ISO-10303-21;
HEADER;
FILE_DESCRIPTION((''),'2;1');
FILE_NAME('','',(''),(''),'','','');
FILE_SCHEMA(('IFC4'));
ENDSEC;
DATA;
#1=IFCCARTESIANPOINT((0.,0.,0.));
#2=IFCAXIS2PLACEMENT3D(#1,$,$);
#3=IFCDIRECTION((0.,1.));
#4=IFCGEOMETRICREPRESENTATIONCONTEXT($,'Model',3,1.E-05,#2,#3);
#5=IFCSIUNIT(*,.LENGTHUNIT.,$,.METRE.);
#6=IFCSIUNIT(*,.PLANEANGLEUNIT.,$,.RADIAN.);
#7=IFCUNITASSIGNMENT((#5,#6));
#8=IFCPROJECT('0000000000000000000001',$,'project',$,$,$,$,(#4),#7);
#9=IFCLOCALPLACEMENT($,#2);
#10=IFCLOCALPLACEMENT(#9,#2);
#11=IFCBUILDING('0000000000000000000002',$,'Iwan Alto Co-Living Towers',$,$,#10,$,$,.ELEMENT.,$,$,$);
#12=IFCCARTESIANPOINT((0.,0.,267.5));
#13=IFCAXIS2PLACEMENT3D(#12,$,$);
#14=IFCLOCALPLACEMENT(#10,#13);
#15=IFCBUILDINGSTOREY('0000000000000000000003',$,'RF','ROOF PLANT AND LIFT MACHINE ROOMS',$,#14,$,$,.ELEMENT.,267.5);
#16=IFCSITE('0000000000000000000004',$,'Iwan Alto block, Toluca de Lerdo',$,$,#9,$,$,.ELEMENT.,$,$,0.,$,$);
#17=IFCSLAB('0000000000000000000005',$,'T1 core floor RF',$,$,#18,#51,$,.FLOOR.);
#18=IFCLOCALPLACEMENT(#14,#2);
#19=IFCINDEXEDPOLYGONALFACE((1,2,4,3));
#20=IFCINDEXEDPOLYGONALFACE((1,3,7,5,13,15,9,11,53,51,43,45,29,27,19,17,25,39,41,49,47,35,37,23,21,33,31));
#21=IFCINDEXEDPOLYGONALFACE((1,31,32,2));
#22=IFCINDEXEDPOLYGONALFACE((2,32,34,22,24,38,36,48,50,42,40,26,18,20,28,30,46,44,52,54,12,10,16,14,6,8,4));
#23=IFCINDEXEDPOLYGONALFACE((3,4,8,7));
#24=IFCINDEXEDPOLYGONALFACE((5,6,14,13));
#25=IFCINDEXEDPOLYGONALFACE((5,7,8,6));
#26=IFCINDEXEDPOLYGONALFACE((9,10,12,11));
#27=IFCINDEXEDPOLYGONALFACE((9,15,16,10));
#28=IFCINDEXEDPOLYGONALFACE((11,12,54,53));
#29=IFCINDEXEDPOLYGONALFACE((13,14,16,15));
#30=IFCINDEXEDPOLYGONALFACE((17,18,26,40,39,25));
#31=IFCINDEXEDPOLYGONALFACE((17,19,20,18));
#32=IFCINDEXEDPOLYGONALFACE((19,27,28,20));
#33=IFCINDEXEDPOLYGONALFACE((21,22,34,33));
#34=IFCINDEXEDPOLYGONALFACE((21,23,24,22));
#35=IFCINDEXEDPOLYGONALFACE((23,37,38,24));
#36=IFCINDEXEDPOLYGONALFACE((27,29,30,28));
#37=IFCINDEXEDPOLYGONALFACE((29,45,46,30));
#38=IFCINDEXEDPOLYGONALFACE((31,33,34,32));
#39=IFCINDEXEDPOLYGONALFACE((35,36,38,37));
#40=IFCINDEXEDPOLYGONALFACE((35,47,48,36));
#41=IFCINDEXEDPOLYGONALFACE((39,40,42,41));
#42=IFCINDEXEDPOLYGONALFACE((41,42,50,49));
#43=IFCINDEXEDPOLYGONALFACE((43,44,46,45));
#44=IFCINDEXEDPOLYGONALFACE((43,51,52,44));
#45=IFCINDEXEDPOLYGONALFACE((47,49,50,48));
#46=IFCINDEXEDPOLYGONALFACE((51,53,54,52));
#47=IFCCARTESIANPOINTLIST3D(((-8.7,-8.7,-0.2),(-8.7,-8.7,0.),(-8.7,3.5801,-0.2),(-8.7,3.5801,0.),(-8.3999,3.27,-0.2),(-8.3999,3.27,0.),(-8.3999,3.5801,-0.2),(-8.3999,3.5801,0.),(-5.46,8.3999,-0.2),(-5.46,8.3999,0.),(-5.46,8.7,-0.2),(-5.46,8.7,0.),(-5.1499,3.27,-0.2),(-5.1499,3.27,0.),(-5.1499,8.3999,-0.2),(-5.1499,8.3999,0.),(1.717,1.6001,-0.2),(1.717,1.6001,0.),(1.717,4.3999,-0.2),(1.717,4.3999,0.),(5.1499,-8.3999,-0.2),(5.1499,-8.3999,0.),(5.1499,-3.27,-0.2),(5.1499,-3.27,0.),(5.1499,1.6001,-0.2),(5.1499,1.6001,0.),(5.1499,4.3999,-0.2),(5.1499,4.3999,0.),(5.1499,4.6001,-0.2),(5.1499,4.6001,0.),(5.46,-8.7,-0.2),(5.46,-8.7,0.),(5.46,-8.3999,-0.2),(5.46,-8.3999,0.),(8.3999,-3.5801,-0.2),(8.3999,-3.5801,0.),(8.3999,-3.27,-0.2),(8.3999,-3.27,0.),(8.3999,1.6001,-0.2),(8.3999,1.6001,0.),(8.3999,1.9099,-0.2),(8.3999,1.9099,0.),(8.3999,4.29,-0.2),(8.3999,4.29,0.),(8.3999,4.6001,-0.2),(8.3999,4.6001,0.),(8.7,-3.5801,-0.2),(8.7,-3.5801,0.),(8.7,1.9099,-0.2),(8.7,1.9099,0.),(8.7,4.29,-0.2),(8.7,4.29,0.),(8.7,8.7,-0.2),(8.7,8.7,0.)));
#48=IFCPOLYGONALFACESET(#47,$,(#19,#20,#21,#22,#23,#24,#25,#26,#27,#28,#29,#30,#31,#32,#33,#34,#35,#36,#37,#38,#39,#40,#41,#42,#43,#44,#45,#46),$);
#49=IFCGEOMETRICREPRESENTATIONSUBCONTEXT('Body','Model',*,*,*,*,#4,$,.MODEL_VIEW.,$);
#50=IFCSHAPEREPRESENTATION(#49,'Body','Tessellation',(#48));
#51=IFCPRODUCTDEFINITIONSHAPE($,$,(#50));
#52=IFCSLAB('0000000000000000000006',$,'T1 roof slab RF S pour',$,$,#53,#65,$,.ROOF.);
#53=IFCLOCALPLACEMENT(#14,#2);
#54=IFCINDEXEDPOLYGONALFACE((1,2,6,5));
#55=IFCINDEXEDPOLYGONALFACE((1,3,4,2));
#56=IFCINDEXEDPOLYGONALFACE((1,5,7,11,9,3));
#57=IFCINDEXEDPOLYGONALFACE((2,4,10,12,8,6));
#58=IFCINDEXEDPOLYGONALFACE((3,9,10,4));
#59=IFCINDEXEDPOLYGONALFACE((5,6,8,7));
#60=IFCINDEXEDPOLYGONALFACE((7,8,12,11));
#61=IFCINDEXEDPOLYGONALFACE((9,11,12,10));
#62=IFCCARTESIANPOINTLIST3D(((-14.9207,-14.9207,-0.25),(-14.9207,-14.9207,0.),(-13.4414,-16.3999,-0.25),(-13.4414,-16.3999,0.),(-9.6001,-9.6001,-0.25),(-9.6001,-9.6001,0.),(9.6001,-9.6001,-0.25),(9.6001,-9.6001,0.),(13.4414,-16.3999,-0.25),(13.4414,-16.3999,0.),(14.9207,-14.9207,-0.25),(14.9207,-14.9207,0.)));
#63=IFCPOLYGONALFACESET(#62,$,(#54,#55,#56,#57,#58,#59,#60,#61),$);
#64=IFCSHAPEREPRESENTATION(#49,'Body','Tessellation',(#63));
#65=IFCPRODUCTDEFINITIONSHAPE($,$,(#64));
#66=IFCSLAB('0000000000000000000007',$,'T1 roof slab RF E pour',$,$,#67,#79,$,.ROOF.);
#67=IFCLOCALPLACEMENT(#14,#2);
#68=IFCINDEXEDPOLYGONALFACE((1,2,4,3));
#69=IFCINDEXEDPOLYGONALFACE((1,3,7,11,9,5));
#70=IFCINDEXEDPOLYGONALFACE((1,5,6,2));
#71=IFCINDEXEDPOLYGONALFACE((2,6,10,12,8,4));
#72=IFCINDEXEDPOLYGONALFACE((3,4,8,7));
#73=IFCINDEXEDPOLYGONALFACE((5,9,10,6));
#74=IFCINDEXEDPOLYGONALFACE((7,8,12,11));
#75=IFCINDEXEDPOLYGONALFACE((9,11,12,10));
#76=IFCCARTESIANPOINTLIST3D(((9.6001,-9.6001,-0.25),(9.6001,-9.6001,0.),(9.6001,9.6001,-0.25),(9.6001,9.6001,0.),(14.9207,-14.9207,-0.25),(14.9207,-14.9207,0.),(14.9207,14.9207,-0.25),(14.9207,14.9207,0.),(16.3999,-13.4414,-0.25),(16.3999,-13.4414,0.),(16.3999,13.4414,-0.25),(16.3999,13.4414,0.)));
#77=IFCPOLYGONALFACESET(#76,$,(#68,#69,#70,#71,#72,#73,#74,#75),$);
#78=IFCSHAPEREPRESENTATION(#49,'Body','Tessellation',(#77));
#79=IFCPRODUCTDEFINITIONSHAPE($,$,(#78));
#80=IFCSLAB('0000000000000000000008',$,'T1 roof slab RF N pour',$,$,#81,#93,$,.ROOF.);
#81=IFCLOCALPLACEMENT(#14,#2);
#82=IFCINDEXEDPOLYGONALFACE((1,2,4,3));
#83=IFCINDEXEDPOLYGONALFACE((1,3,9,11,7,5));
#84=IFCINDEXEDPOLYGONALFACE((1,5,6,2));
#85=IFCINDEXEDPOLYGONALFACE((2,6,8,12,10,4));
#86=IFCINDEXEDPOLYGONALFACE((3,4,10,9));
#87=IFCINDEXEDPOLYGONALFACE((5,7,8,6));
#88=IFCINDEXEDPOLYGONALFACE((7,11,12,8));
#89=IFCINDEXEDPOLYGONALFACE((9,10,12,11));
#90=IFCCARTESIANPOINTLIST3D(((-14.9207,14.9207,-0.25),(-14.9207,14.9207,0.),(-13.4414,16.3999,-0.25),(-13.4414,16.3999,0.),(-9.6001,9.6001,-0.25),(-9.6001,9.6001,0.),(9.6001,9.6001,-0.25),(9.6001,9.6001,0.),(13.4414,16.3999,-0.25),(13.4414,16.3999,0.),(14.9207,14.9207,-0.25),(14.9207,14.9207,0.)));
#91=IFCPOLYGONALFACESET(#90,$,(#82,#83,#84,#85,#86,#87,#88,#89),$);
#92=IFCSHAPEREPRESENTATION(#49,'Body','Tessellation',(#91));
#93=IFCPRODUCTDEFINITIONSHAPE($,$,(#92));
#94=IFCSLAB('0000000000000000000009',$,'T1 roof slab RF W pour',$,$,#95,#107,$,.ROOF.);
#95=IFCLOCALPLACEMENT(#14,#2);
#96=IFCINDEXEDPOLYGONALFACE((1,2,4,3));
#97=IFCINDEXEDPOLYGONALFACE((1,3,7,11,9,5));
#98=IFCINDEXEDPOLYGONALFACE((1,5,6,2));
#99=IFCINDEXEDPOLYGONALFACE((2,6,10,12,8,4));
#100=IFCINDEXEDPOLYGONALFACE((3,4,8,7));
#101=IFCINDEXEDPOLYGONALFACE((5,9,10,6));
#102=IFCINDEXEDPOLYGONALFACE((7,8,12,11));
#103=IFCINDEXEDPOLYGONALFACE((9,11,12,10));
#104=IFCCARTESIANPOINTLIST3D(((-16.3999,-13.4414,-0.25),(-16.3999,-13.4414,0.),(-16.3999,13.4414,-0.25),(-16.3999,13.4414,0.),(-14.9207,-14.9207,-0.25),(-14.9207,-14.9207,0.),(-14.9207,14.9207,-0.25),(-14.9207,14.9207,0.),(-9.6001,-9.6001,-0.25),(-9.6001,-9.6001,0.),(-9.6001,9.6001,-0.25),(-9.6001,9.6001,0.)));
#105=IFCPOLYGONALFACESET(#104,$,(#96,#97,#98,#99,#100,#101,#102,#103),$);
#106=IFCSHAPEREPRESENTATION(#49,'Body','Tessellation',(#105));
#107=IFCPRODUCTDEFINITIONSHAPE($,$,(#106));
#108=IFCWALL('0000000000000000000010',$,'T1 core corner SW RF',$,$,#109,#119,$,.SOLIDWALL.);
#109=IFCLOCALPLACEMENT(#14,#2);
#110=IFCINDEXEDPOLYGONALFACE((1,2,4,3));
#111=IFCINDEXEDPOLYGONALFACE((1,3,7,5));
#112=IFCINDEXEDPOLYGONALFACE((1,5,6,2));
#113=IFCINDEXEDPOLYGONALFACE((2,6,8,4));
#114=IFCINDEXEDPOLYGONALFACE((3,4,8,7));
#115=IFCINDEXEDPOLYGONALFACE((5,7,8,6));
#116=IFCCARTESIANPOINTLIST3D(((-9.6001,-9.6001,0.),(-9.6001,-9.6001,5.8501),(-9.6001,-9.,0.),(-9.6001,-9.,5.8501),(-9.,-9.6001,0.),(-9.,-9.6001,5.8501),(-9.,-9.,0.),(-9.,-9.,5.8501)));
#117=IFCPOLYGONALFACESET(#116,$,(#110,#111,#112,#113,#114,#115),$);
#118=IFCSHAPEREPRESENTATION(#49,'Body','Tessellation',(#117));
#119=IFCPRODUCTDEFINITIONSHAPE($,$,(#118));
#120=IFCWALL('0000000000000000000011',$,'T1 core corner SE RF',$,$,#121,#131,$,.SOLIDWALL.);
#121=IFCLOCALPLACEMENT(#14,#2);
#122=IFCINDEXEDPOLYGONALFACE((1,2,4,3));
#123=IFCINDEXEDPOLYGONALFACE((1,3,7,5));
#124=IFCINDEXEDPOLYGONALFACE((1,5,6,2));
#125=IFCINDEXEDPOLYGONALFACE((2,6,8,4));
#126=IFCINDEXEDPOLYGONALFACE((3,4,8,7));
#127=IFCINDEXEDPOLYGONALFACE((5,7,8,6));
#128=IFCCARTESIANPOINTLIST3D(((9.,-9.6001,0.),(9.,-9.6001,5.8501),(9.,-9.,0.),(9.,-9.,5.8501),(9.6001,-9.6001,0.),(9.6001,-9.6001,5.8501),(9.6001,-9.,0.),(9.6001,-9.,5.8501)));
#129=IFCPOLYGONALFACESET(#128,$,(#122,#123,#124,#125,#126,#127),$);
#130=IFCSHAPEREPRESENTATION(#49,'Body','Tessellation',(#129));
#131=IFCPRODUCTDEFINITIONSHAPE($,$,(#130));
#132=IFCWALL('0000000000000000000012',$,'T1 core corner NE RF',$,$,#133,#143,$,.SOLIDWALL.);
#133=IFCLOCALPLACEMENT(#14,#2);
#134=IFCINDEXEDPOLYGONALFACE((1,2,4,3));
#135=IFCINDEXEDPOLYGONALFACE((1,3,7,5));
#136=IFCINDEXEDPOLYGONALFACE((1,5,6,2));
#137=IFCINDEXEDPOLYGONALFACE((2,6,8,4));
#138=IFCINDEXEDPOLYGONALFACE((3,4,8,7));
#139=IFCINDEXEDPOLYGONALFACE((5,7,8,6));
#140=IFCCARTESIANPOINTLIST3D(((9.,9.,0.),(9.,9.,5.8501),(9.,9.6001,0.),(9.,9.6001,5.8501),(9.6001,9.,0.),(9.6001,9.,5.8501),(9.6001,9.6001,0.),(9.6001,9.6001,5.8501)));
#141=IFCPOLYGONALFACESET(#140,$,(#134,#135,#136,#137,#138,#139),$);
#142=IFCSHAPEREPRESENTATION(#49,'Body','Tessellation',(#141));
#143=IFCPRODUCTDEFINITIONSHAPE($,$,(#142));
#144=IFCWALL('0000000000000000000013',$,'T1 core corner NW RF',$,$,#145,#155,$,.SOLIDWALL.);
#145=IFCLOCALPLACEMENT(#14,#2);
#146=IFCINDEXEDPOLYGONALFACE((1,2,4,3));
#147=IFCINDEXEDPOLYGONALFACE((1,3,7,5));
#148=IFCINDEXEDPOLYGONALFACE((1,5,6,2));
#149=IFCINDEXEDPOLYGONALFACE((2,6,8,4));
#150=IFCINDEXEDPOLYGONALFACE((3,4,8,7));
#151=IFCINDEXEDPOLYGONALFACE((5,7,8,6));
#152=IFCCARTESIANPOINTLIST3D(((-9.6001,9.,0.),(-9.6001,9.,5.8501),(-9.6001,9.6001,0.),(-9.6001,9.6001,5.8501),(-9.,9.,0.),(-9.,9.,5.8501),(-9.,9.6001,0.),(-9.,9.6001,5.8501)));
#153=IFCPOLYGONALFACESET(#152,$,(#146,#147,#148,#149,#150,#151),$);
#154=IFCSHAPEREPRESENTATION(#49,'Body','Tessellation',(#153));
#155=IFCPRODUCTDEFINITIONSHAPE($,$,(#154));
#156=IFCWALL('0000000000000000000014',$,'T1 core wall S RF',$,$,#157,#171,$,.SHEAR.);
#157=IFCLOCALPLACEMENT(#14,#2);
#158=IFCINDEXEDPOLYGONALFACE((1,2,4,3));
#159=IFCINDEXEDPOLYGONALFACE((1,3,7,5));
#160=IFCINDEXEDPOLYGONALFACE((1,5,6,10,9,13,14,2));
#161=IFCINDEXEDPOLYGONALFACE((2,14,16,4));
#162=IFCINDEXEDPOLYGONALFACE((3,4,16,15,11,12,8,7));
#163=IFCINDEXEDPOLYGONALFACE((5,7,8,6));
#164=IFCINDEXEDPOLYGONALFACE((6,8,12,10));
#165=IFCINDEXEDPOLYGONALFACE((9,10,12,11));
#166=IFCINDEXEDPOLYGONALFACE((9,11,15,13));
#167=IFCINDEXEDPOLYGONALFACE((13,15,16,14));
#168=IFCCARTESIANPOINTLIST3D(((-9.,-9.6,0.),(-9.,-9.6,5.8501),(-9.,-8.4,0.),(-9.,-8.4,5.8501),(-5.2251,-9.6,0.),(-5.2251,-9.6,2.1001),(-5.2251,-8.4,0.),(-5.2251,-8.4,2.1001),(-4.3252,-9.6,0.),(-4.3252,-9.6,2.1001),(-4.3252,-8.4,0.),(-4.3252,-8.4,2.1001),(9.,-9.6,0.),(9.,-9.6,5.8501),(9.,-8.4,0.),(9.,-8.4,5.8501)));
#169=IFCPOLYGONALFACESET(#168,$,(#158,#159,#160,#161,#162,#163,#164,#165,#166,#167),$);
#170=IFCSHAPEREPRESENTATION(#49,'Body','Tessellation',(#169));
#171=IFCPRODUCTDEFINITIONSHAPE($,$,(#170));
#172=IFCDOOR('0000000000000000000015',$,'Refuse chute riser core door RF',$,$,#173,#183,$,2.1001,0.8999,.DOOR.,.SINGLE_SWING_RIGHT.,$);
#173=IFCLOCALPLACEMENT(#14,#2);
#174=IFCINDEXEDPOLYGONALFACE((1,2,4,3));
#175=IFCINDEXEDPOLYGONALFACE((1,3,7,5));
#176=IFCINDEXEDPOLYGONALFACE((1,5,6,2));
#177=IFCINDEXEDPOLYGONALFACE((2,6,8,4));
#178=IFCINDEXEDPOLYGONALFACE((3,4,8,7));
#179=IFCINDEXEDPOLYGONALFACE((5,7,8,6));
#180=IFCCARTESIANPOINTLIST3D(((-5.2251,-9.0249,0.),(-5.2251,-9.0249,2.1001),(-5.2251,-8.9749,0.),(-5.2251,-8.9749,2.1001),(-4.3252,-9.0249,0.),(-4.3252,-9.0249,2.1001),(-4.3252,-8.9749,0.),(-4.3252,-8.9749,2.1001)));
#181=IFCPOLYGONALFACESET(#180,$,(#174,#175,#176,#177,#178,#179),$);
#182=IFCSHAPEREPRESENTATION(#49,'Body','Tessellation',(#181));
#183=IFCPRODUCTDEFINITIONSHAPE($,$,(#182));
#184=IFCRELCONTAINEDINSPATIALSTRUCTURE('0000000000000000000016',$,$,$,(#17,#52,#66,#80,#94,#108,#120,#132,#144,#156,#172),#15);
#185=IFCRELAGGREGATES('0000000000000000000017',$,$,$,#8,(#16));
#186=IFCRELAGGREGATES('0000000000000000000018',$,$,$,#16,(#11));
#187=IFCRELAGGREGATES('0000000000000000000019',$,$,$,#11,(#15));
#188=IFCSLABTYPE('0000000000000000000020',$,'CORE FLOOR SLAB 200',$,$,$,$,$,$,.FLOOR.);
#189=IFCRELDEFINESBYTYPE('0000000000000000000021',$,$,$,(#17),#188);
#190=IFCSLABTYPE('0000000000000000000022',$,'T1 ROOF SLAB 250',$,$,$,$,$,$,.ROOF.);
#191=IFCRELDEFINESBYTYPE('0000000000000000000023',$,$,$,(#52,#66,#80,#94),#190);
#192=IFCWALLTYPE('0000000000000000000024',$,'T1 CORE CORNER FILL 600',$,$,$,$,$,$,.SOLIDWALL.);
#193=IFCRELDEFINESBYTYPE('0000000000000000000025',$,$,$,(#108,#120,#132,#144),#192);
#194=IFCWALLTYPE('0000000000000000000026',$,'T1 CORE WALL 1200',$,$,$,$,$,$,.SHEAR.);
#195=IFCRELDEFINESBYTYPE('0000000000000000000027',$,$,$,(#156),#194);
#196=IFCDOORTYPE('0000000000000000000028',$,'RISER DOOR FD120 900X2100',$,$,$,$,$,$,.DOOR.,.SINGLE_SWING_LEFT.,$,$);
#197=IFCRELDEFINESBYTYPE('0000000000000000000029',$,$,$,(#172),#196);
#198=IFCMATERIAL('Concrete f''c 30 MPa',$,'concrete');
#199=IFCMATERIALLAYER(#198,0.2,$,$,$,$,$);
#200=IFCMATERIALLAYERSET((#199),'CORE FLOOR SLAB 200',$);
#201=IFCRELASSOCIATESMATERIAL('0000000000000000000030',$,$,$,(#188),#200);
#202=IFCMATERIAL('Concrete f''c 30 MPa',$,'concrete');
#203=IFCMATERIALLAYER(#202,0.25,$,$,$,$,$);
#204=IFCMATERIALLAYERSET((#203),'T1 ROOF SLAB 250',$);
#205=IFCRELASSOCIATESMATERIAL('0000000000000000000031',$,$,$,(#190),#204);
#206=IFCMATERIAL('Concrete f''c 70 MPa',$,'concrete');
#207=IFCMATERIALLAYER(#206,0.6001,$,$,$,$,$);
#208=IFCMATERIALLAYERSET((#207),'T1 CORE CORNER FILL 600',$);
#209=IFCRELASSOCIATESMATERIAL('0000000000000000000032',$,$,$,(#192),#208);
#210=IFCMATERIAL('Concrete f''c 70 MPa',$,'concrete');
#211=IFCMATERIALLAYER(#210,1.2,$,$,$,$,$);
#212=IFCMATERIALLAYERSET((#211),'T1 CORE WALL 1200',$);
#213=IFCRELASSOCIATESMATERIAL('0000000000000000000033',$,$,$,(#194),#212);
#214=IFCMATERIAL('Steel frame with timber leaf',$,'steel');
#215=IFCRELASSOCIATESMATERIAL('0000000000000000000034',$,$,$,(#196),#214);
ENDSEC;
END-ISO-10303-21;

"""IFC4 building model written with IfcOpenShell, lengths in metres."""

from ifc_helpers import new_model, si_unit, direction, frame, frame_2d, origin, place, context, subcontext, project, spatial, polyline, rectangle, outline, extrude, material, layer, layer_set, type_object, element, fill, save


model = new_model("IFC4")

# Units and contexts
model_context = context("Model", 3, precision=1e-05, world=origin(), true_north=direction((0.0, 1.0)))
body_context = subcontext(model_context, "Body", "Model", "MODEL_VIEW")
ifc_project = project(units=[si_unit("LENGTHUNIT", "METRE"), si_unit("PLANEANGLEUNIT", "RADIAN")], contexts=[model_context])

# Site, building, storey
site_placement = place(None, origin())
site = spatial("IfcSite", under=ifc_project, at=site_placement, Name="Iwan Alto block, Toluca de Lerdo", CompositionType="ELEMENT", RefElevation=0.0)
building_placement = place(site_placement, origin())
building = spatial("IfcBuilding", under=site, at=building_placement, Name="Iwan Alto Co-Living Towers", CompositionType="ELEMENT")
storey_placement = place(building_placement, frame((0.0, 0.0, 267.5)))
storey = spatial("IfcBuildingStorey", under=building, at=storey_placement, Name="RF", Description="ROOF PLANT AND LIFT MACHINE ROOMS", CompositionType="ELEMENT", Elevation=267.5)

# Slabs
ifc_material_1 = material(Name="Concrete f'c 30 MPa", Category="concrete")
ifc_layer_1 = layer(ifc_material_1, 0.2)
ifc_layer_set_1 = layer_set([ifc_layer_1], Name="CORE FLOOR SLAB 200")
slab_type_1 = type_object("IfcSlabType", Name="CORE FLOOR SLAB 200", PredefinedType="FLOOR", material=ifc_layer_set_1)
slab_1_placement = place(storey_placement, frame((0.0, 0.0, -0.2)))
element("IfcSlab", 1, at=slab_1_placement, inside=storey, type_object=slab_type_1, Name="T1 core floor RF", PredefinedType="FLOOR", context=body_context, shape_type="SweptSolid", body=[
    extrude(outline(polyline([(-8.7, 3.5801), (-8.3999, 3.5801), (-8.3999, 3.27), (-5.1499, 3.27), (-5.1499, 8.3999), (-5.46, 8.3999), (-5.46, 8.7), (8.7, 8.7), (8.7, 4.29), (8.3999, 4.29), (8.3999, 4.6001), (5.1499, 4.6001), (5.1499, 4.3999), (1.717, 4.3999), (1.717, 1.6001), (5.1499, 1.6001), (8.3999, 1.6001), (8.3999, 1.9099), (8.7, 1.9099), (8.7, -3.5801), (8.3999, -3.5801), (8.3999, -3.27), (5.1499, -3.27), (5.1499, -8.3999), (5.46, -8.3999), (5.46, -8.7), (-8.7, -8.7), (-8.7, 3.5801)])), origin(), (0.0, 0.0, 1.0), 0.2),
])
ifc_material_2 = material(Name="Concrete f'c 30 MPa", Category="concrete")
ifc_layer_2 = layer(ifc_material_2, 0.25)
ifc_layer_set_2 = layer_set([ifc_layer_2], Name="T1 ROOF SLAB 250")
slab_type_2 = type_object("IfcSlabType", Name="T1 ROOF SLAB 250", PredefinedType="ROOF", material=ifc_layer_set_2)
slab_2_placement = place(storey_placement, frame((0.0, 0.0, -0.25)))
element("IfcSlab", 2, at=slab_2_placement, inside=storey, type_object=slab_type_2, Name="T1 roof slab RF S pour", PredefinedType="ROOF", context=body_context, shape_type="SweptSolid", body=[
    extrude(outline(polyline([(13.4414, -16.3999), (-13.4414, -16.3999), (-14.9207, -14.9207), (-9.6001, -9.6001), (9.6001, -9.6001), (14.9207, -14.9207), (13.4414, -16.3999)])), origin(), (0.0, 0.0, 1.0), 0.25),
])
slab_3_placement = place(storey_placement, frame((0.0, 0.0, -0.25)))
element("IfcSlab", 3, at=slab_3_placement, inside=storey, type_object=slab_type_2, Name="T1 roof slab RF E pour", PredefinedType="ROOF", context=body_context, shape_type="SweptSolid", body=[
    extrude(outline(polyline([(16.3999, 13.4414), (16.3999, -13.4414), (14.9207, -14.9207), (9.6001, -9.6001), (9.6001, 9.6001), (14.9207, 14.9207), (16.3999, 13.4414)])), origin(), (0.0, 0.0, 1.0), 0.25),
])
slab_4_placement = place(storey_placement, frame((0.0, 0.0, -0.25)))
element("IfcSlab", 4, at=slab_4_placement, inside=storey, type_object=slab_type_2, Name="T1 roof slab RF N pour", PredefinedType="ROOF", context=body_context, shape_type="SweptSolid", body=[
    extrude(outline(polyline([(-13.4414, 16.3999), (13.4414, 16.3999), (14.9207, 14.9207), (9.6001, 9.6001), (-9.6001, 9.6001), (-14.9207, 14.9207), (-13.4414, 16.3999)])), origin(), (0.0, 0.0, 1.0), 0.25),
])
slab_5_placement = place(storey_placement, frame((0.0, 0.0, -0.25)))
element("IfcSlab", 5, at=slab_5_placement, inside=storey, type_object=slab_type_2, Name="T1 roof slab RF W pour", PredefinedType="ROOF", context=body_context, shape_type="SweptSolid", body=[
    extrude(outline(polyline([(-16.3999, 13.4414), (-14.9207, 14.9207), (-9.6001, 9.6001), (-9.6001, -9.6001), (-14.9207, -14.9207), (-16.3999, -13.4414), (-16.3999, 13.4414)])), origin(), (0.0, 0.0, 1.0), 0.25),
])

# Walls
ifc_material_3 = material(Name="Concrete f'c 70 MPa", Category="concrete")
ifc_layer_3 = layer(ifc_material_3, 0.6001)
ifc_layer_set_3 = layer_set([ifc_layer_3], Name="T1 CORE CORNER FILL 600")
wall_type_1 = type_object("IfcWallType", Name="T1 CORE CORNER FILL 600", PredefinedType="SOLIDWALL", material=ifc_layer_set_3)
for number, where, z_axis, x_axis, name in (
    (6, (-9.6001, -9.3, 0.0), (0.0, 0.0, 1.0), (1.0, 0.0, 0.0), "T1 core corner SW RF"),
    (7, (9.0, -9.3, 0.0), (0.0, 0.0, 1.0), (1.0, 0.0, 0.0), "T1 core corner SE RF"),
    (8, (9.0, 9.3, 0.0), (0.0, 0.0, 1.0), (1.0, 0.0, 0.0), "T1 core corner NE RF"),
    (9, (-9.6001, 9.3, 0.0), (0.0, 0.0, 1.0), (1.0, 0.0, 0.0), "T1 core corner NW RF"),
):
    element("IfcWall", number, at=place(storey_placement, frame(where, z_axis=z_axis, x_axis=x_axis)), inside=storey, type_object=wall_type_1, Name=name, PredefinedType="SOLIDWALL", context=body_context, shape_type="SweptSolid", body=[
        extrude(rectangle(XDim=0.6001, YDim=0.6001, at=frame_2d((0.3, 0.0))), origin(), (0.0, 0.0, 1.0), 5.8501),
    ])

# Wall, opening, door
ifc_material_4 = material(Name="Concrete f'c 70 MPa", Category="concrete")
ifc_layer_4 = layer(ifc_material_4, 1.2)
ifc_layer_set_4 = layer_set([ifc_layer_4], Name="T1 CORE WALL 1200")
wall_type_2 = type_object("IfcWallType", Name="T1 CORE WALL 1200", PredefinedType="SHEAR", material=ifc_layer_set_4)
wall_placement = place(storey_placement, frame((-9.0, -9.0, 0.0), z_axis=(0.0, 0.0, 1.0), x_axis=(1.0, 0.0, 0.0)))
wall = element("IfcWall", 10, at=wall_placement, inside=storey, type_object=wall_type_2, Name="T1 core wall S RF", PredefinedType="SHEAR", context=body_context, shape_type="SweptSolid", body=[
    extrude(rectangle(XDim=18.0, YDim=1.2, at=frame_2d((9.0, 0.0))), origin(), (0.0, 0.0, 1.0), 5.8501),
])
opening_placement = place(wall_placement, frame((3.7749, 0.0, 0.0)))
opening = element("IfcOpeningElement", 11, at=opening_placement, cuts=wall, PredefinedType="OPENING", context=body_context, shape_type="SweptSolid", body=[
    extrude(rectangle(XDim=0.8999, YDim=2.1001, at=frame_2d((0.45, 1.05))), frame((0.0, 0.6099, 0.0), z_axis=(0.0, -1.0, 0.0), x_axis=(1.0, 0.0, 0.0)), (0.0, 0.0, 1.0), 1.22),
])
ifc_material_5 = material(Name="Steel frame with timber leaf", Category="steel")
door_type = type_object("IfcDoorType", Name="RISER DOOR FD120 900X2100", OperationType="SINGLE_SWING_LEFT", PredefinedType="DOOR", material=ifc_material_5)
door_placement = place(opening_placement, frame((0.8999, 0.0, 0.0), z_axis=(0.0, 0.0, 1.0), x_axis=(-1.0, 0.0, 0.0)))
door = element("IfcDoor", 12, at=door_placement, inside=storey, type_object=door_type, Name="Refuse chute riser core door RF", OperationType="SINGLE_SWING_RIGHT", OverallHeight=2.1001, OverallWidth=0.8999, PredefinedType="DOOR", context=body_context, shape_type="SweptSolid", body=[
    extrude(rectangle(XDim=0.8999, YDim=2.1001, at=frame_2d((0.45, 1.05))), frame((0.0, 0.0249, 0.0), z_axis=(0.0, -1.0, 0.0), x_axis=(1.0, 0.0, 0.0)), (0.0, 0.0, 1.0), 0.05),
])
fill(opening, door)

save(model, "model.ifc")
